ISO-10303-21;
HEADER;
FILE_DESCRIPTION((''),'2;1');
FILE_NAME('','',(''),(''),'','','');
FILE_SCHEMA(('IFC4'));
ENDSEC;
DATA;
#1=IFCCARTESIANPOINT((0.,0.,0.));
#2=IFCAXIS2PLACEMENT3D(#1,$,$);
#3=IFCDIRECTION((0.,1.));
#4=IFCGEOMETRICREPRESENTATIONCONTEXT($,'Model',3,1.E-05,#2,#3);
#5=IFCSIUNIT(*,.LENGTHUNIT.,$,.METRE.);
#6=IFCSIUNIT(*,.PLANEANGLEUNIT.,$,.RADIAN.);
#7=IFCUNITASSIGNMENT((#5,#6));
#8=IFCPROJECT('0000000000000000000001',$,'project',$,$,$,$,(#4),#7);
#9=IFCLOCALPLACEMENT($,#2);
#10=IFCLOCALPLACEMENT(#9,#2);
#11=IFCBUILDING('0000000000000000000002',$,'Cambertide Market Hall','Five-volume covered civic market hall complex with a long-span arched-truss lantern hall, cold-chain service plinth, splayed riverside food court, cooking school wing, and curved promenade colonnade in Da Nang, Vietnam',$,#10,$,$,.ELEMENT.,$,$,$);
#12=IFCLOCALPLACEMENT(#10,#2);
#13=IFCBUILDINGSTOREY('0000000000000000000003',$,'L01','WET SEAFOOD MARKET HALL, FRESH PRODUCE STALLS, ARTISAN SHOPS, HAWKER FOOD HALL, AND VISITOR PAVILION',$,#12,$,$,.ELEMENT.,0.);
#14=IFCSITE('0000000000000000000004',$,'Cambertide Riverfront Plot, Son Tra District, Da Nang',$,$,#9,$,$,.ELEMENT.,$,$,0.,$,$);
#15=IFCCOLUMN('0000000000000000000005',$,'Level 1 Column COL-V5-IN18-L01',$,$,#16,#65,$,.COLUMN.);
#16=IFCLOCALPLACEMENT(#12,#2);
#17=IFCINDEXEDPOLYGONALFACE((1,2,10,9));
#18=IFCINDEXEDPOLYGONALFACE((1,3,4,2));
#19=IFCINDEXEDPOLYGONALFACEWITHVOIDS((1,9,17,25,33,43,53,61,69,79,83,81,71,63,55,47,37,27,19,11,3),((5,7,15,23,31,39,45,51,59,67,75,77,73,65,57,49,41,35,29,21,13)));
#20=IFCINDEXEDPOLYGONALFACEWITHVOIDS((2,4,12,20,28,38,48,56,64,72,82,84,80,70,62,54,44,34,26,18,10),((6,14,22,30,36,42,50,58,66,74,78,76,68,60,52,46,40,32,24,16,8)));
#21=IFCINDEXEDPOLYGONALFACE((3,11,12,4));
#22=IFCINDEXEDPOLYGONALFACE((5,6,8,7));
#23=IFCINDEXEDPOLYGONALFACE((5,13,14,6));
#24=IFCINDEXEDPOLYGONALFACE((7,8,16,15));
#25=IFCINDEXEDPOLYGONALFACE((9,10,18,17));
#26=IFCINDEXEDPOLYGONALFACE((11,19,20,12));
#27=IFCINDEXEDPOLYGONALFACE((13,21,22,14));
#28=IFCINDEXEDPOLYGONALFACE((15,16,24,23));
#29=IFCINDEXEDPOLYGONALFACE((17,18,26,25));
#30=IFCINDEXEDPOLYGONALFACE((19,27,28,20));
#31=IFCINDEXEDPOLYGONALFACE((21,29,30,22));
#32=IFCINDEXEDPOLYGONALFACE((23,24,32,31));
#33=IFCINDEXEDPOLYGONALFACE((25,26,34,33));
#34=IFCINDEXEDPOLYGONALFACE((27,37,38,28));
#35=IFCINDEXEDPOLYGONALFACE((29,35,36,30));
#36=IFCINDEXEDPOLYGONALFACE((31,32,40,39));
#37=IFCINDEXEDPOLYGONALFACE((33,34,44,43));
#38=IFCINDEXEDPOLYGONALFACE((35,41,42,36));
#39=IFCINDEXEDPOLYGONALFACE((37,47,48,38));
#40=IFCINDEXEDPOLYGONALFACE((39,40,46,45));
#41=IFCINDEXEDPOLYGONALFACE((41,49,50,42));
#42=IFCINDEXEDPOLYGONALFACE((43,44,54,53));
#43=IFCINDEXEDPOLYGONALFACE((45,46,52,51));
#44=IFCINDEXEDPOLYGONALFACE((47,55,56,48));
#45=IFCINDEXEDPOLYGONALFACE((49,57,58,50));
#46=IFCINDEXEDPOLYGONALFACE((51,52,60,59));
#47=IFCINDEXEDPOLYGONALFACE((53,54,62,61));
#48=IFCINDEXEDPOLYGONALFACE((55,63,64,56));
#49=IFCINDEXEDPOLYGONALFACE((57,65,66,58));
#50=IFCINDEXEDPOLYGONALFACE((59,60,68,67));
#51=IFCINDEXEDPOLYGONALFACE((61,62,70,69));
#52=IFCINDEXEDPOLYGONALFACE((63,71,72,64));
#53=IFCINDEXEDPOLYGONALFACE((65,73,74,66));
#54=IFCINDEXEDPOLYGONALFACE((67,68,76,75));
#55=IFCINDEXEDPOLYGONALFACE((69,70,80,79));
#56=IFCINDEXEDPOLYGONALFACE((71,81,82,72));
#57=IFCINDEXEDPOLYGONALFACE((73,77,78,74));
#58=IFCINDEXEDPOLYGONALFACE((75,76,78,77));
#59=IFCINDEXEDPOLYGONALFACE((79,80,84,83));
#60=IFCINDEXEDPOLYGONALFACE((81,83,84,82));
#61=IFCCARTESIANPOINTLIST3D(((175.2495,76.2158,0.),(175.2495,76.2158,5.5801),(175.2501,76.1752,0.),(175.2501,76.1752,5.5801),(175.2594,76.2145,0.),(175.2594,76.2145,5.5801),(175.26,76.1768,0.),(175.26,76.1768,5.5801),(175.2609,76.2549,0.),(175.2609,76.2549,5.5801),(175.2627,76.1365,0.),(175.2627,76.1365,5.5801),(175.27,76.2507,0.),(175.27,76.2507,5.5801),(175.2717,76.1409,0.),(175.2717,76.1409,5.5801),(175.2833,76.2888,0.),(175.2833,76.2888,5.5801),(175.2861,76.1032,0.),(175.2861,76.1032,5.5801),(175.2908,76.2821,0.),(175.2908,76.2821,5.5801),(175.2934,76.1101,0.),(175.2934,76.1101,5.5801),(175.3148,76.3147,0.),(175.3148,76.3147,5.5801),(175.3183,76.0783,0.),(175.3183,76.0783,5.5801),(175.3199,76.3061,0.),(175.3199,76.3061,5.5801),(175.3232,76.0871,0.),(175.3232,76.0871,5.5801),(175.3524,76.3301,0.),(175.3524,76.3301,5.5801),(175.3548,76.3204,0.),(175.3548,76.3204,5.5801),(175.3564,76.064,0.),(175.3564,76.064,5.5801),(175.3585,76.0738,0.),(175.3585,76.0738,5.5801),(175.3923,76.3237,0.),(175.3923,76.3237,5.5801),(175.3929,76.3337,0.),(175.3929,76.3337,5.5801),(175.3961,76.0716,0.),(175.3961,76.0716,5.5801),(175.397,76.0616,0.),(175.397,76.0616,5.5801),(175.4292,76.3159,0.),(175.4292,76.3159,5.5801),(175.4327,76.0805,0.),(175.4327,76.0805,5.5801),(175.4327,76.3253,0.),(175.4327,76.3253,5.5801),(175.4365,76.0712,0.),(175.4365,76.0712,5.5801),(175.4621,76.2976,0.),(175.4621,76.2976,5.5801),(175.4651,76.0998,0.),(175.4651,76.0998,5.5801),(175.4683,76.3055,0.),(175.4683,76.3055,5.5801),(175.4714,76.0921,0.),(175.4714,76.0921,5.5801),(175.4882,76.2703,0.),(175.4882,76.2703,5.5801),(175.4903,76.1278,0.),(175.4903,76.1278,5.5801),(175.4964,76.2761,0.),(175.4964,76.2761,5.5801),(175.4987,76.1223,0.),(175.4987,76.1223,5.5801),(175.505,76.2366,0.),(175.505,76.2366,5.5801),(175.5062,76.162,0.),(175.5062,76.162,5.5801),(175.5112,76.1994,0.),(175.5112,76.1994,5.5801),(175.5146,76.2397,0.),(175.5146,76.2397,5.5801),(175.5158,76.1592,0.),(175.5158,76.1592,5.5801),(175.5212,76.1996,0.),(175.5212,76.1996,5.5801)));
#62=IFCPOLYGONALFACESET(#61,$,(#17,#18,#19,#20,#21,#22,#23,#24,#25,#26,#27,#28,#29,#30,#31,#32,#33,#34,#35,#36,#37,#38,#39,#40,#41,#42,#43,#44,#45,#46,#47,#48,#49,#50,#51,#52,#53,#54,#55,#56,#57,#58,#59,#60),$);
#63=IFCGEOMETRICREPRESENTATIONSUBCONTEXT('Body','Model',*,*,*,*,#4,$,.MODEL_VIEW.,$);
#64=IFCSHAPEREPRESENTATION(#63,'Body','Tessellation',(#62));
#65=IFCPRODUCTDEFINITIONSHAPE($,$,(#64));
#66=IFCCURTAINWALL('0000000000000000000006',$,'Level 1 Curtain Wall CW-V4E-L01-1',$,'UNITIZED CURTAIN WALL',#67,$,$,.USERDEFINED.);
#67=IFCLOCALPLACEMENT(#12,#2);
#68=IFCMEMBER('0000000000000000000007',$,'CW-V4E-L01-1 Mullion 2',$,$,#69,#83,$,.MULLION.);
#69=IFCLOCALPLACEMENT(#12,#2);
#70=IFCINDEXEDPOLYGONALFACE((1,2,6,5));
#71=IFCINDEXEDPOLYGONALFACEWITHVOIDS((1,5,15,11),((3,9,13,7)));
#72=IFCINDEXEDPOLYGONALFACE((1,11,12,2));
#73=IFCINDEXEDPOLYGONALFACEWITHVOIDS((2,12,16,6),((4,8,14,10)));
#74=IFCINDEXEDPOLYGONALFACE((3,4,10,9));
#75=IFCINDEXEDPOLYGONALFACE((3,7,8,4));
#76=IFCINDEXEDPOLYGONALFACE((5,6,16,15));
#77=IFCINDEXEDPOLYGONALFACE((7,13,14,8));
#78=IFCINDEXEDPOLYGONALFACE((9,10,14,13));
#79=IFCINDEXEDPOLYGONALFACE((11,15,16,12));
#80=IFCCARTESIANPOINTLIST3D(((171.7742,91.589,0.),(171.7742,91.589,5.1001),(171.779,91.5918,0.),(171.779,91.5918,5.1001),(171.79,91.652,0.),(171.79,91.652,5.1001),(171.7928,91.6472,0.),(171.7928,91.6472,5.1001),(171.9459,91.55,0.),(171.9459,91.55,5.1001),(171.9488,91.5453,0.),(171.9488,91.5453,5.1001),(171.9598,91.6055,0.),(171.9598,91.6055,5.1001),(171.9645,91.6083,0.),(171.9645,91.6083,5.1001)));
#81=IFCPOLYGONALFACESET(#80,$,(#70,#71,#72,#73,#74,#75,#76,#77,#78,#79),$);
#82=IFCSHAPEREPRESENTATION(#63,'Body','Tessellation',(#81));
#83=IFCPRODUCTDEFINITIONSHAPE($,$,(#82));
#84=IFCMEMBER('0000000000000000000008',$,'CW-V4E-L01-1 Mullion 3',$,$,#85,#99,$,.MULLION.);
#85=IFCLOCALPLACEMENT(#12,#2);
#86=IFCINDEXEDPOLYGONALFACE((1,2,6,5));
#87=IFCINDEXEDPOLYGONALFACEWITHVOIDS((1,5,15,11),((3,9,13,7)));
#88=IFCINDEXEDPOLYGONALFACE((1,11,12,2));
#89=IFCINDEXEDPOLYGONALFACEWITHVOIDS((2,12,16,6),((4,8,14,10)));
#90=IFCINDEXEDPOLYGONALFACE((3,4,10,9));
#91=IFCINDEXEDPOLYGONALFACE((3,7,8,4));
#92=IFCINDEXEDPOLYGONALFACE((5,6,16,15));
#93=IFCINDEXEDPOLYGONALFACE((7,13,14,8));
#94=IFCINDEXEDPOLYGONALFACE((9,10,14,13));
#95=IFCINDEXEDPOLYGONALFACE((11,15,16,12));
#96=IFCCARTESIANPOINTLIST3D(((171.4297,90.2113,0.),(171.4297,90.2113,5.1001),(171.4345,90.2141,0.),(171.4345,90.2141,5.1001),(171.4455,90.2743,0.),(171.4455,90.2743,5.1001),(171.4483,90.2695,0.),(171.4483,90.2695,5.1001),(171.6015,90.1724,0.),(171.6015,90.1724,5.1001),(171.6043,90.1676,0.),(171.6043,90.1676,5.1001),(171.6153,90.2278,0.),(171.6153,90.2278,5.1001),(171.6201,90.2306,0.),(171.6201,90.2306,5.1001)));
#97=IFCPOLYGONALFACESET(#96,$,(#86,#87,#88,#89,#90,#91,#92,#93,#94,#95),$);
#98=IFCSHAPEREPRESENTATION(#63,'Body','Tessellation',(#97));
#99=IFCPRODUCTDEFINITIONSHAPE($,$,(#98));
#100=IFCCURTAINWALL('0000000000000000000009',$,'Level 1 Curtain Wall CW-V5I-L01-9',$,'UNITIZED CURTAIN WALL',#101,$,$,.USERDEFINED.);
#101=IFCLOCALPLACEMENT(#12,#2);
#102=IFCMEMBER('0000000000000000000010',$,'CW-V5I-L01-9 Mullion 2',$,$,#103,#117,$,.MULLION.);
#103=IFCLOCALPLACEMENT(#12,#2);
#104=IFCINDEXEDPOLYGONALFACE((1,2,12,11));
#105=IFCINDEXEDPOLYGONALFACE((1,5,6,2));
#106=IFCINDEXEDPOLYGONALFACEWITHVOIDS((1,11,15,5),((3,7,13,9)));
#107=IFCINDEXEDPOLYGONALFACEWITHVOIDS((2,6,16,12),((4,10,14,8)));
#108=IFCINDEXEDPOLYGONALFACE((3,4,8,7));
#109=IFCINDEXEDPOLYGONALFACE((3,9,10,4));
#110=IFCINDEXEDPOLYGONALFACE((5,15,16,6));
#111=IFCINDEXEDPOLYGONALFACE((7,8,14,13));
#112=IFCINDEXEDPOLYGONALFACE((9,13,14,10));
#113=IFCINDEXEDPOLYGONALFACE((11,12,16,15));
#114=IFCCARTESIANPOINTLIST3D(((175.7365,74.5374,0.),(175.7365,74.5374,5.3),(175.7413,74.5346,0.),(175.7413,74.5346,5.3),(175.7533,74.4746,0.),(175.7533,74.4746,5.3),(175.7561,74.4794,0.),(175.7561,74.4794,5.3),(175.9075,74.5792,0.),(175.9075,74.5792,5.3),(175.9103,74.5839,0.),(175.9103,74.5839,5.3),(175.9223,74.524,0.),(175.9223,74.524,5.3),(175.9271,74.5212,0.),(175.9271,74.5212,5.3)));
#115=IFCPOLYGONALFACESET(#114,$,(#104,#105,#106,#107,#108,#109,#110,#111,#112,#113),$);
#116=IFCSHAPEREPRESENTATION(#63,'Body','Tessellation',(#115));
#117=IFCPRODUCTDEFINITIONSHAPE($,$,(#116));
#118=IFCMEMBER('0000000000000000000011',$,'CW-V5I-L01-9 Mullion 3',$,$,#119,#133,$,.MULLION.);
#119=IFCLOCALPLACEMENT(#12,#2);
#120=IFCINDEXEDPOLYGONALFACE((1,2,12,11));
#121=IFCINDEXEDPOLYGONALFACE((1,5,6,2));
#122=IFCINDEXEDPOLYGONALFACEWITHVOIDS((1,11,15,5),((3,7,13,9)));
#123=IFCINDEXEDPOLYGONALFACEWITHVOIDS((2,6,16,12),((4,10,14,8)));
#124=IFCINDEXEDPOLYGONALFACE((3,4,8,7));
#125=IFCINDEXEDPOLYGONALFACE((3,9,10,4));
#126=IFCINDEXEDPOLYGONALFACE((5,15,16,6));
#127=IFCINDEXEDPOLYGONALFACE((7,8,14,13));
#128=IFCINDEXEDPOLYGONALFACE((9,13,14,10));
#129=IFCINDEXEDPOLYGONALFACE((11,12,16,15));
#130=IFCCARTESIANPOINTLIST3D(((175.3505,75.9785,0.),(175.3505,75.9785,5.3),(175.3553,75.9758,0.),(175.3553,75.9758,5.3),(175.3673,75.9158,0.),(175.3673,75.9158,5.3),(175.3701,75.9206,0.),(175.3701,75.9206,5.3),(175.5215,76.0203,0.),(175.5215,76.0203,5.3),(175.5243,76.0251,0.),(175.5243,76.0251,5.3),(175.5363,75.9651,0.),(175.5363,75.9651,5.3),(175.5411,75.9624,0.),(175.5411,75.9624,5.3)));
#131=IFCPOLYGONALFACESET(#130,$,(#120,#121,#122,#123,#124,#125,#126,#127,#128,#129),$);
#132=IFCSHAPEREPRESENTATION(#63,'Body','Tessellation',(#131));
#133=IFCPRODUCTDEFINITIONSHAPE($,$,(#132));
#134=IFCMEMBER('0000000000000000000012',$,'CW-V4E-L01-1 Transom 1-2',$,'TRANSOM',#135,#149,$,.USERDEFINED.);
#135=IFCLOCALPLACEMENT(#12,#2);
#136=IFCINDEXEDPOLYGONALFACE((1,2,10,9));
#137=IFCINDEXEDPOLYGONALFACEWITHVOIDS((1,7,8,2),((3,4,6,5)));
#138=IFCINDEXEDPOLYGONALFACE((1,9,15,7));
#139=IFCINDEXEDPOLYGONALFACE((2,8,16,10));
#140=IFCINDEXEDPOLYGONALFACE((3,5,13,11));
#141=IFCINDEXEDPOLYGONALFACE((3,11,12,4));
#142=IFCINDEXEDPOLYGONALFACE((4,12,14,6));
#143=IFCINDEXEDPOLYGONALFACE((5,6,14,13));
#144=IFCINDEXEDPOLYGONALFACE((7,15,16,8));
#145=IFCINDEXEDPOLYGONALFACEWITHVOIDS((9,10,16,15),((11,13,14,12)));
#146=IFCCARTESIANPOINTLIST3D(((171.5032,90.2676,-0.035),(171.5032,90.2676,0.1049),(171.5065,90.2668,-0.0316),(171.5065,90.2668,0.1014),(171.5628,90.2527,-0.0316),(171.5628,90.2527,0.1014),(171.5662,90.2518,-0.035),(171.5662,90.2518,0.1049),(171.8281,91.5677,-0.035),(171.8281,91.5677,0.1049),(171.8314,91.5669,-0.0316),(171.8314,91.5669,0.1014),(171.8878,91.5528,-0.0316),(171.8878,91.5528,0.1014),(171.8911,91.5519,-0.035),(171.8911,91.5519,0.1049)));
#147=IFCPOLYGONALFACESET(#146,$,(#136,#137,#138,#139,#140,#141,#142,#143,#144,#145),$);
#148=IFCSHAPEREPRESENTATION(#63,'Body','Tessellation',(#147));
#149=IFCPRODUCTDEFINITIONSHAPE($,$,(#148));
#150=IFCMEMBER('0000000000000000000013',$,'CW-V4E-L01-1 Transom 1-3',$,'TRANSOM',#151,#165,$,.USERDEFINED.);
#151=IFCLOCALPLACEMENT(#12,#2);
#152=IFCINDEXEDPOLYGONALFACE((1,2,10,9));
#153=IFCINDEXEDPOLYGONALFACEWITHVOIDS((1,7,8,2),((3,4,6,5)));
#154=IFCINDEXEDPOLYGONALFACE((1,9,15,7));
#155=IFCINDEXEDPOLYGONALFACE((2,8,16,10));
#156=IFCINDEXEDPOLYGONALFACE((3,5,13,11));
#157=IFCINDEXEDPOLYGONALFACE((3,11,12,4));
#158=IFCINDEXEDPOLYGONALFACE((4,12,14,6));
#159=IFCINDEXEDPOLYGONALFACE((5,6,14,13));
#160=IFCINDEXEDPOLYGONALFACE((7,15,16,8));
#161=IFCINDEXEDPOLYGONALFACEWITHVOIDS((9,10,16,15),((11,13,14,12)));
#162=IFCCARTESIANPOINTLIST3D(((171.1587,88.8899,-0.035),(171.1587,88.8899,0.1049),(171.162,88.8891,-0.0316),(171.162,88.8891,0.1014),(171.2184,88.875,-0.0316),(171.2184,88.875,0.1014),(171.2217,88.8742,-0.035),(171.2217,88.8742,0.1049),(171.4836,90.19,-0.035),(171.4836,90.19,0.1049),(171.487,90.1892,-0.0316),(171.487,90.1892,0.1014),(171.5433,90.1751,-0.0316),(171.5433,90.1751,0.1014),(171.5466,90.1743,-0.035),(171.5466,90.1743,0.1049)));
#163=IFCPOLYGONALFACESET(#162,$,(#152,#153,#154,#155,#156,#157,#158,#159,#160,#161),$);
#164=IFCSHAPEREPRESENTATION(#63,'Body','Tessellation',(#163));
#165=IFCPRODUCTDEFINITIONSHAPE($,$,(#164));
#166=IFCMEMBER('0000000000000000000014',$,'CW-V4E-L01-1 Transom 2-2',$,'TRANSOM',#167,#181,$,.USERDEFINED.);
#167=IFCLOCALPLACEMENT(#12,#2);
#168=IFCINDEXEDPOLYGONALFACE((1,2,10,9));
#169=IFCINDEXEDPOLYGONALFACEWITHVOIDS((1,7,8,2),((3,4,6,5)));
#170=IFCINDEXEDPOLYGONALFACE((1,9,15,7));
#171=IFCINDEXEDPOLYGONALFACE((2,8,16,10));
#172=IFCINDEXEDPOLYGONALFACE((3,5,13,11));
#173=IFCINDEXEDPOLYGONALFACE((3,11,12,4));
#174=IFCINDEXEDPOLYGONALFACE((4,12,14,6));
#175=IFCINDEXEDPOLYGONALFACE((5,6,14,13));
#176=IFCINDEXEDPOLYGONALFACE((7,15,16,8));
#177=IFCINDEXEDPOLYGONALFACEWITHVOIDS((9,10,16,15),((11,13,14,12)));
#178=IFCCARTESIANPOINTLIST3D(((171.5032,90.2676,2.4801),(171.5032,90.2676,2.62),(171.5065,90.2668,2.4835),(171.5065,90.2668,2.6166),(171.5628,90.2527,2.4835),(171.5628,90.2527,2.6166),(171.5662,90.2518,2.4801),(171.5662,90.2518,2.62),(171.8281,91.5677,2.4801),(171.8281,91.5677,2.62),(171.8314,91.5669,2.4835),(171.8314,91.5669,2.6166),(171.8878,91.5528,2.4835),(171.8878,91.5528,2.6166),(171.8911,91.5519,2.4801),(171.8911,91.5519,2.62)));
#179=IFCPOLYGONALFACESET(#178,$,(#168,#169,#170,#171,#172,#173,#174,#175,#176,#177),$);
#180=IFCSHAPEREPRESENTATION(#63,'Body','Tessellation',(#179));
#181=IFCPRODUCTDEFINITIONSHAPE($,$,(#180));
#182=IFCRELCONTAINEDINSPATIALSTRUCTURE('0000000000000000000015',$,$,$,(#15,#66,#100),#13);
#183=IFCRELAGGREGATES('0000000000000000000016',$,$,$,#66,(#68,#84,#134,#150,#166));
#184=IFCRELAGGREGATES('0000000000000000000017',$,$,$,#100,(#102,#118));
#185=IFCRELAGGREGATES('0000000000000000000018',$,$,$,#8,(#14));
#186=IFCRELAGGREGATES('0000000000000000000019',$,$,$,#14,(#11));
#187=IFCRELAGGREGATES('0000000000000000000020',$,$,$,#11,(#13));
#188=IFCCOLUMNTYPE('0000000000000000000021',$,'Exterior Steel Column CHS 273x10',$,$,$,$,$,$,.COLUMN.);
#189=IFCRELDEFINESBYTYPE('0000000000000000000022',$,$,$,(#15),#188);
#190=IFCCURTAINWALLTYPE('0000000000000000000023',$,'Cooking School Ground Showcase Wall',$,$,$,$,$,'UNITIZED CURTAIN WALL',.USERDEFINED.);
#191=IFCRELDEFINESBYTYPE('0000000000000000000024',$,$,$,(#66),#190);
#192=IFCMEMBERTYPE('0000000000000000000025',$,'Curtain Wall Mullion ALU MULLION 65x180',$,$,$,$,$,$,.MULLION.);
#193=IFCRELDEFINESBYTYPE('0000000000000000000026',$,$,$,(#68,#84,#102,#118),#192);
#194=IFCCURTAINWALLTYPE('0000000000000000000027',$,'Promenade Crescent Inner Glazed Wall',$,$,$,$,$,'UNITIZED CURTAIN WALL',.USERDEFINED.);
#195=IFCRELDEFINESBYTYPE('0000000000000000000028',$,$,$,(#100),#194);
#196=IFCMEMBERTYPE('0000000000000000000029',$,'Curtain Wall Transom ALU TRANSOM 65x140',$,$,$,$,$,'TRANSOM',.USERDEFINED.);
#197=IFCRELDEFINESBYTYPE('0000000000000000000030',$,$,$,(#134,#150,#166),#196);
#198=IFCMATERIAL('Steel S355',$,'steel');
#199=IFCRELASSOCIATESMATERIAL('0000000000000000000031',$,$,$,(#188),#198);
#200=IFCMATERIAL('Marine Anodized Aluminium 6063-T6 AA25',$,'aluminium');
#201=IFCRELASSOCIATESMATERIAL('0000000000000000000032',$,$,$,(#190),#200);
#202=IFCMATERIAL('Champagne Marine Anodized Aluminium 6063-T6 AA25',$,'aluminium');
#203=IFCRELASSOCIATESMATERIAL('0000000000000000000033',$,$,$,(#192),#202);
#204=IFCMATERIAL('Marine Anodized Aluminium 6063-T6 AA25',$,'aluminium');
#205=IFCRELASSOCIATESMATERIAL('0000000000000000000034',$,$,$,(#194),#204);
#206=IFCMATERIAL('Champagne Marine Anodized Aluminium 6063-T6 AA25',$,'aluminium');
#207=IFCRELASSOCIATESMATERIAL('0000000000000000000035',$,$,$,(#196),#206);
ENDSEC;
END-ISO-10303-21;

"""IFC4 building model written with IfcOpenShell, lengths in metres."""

from ifc_helpers import new_model, si_unit, direction, frame, origin, origin_2d, place, context, subcontext, project, spatial, hollow_rectangle, hollow_circle, extrude, material, material_profile, profile_set, type_object, element, aggregate, save


model = new_model("IFC4")

# Units and contexts
model_context = context("Model", 3, precision=1e-05, world=origin(), true_north=direction((0.0, 1.0)))
body_context = subcontext(model_context, "Body", "Model", "MODEL_VIEW")
ifc_project = project(units=[si_unit("LENGTHUNIT", "METRE"), si_unit("PLANEANGLEUNIT", "RADIAN")], contexts=[model_context])

# Site, building, storey
site_placement = place(None, origin())
site = spatial("IfcSite", under=ifc_project, at=site_placement, Name="Cambertide Riverfront Plot, Son Tra District, Da Nang", CompositionType="ELEMENT", RefElevation=0.0)
building_placement = place(site_placement, origin())
building = spatial("IfcBuilding", under=site, at=building_placement, Name="Cambertide Market Hall", Description="Five-volume covered civic market hall complex with a long-span arched-truss lantern hall, cold-chain service plinth, splayed riverside food court, cooking school wing, and curved promenade colonnade in Da Nang, Vietnam", CompositionType="ELEMENT")
storey_placement = place(building_placement, origin())
storey = spatial("IfcBuildingStorey", under=building, at=storey_placement, Name="L01", Description="WET SEAFOOD MARKET HALL, FRESH PRODUCE STALLS, ARTISAN SHOPS, HAWKER FOOD HALL, AND VISITOR PAVILION", CompositionType="ELEMENT", Elevation=0.0)

# Column
ifc_material_1 = material(Name="Steel S355", Category="steel")
ifc_material_profile_1 = material_profile(ifc_material_1, hollow_circle(Radius=0.1365, WallThickness=0.01, at=origin_2d()), Name="CHS 273x10")
ifc_profile_set_1 = profile_set([ifc_material_profile_1], Name="Steel S355")
column_type = type_object("IfcColumnType", Name="Exterior Steel Column CHS 273x10", PredefinedType="COLUMN", material=ifc_profile_set_1)
column_placement = place(storey_placement, frame((175.3848, 76.1975, 0.0), z_axis=(0.0, 0.0, 1.0), x_axis=(0.951057, 0.309017, 0.0)))
element("IfcColumn", 1, at=column_placement, inside=storey, type_object=column_type, Name="Level 1 Column COL-V5-IN18-L01", PredefinedType="COLUMN", context=body_context, shape_type="SweptSolid", body=[
    extrude(hollow_circle(Radius=0.1365, WallThickness=0.01, at=origin_2d()), origin(), (0.0, 0.0, 1.0), 5.5801),
])

# Curtain walls, members
ifc_material_2 = material(Name="Marine Anodized Aluminium 6063-T6 AA25", Category="aluminium")
curtain_wall_type_1 = type_object("IfcCurtainWallType", Name="Cooking School Ground Showcase Wall", ElementType="UNITIZED CURTAIN WALL", PredefinedType="USERDEFINED", material=ifc_material_2)
curtain_wall_1_placement = place(storey_placement, origin())
curtain_wall_1 = element("IfcCurtainWall", 2, at=curtain_wall_1_placement, inside=storey, type_object=curtain_wall_type_1, Name="Level 1 Curtain Wall CW-V4E-L01-1", ObjectType="UNITIZED CURTAIN WALL", PredefinedType="USERDEFINED")
ifc_material_3 = material(Name="Champagne Marine Anodized Aluminium 6063-T6 AA25", Category="aluminium")
ifc_material_profile_2 = material_profile(ifc_material_3, hollow_rectangle(XDim=0.0649, YDim=0.1799, WallThickness=0.0039, at=origin_2d()), Name="ALU MULLION 65x180")
ifc_profile_set_2 = profile_set([ifc_material_profile_2], Name="Champagne Marine Anodized Aluminium 6063-T6 AA25")
member_type_1 = type_object("IfcMemberType", Name="Curtain Wall Mullion ALU MULLION 65x180", PredefinedType="MULLION", material=ifc_profile_set_2)
member_1_placement = place(storey_placement, frame((171.8694, 91.5986, 0.0), z_axis=(0.0, 0.0, 1.0), x_axis=(-0.242536, -0.970143, 0.0)))
member_1 = element("IfcMember", 3, at=member_1_placement, type_object=member_type_1, Name="CW-V4E-L01-1 Mullion 2", PredefinedType="MULLION", context=body_context, shape_type="SweptSolid", body=[
    extrude(hollow_rectangle(XDim=0.0649, YDim=0.1799, WallThickness=0.0039, at=origin_2d()), origin(), (0.0, 0.0, 1.0), 5.1001),
])
member_2_placement = place(storey_placement, frame((171.5249, 90.2209, 0.0), z_axis=(0.0, 0.0, 1.0), x_axis=(-0.242536, -0.970143, 0.0)))
member_2 = element("IfcMember", 4, at=member_2_placement, type_object=member_type_1, Name="CW-V4E-L01-1 Mullion 3", PredefinedType="MULLION", context=body_context, shape_type="SweptSolid", body=[
    extrude(hollow_rectangle(XDim=0.0649, YDim=0.1799, WallThickness=0.0039, at=origin_2d()), origin(), (0.0, 0.0, 1.0), 5.1001),
])
ifc_material_4 = material(Name="Marine Anodized Aluminium 6063-T6 AA25", Category="aluminium")
curtain_wall_type_2 = type_object("IfcCurtainWallType", Name="Promenade Crescent Inner Glazed Wall", ElementType="UNITIZED CURTAIN WALL", PredefinedType="USERDEFINED", material=ifc_material_4)
curtain_wall_2_placement = place(storey_placement, origin())
curtain_wall_2 = element("IfcCurtainWall", 5, at=curtain_wall_2_placement, inside=storey, type_object=curtain_wall_type_2, Name="Level 1 Curtain Wall CW-V5I-L01-9", ObjectType="UNITIZED CURTAIN WALL", PredefinedType="USERDEFINED")
member_3_placement = place(storey_placement, frame((175.8318, 74.5293, 0.0), z_axis=(0.0, 0.0, 1.0), x_axis=(-0.258819, 0.965926, 0.0)))
member_3 = element("IfcMember", 6, at=member_3_placement, type_object=member_type_1, Name="CW-V5I-L01-9 Mullion 2", PredefinedType="MULLION", context=body_context, shape_type="SweptSolid", body=[
    extrude(hollow_rectangle(XDim=0.0649, YDim=0.1799, WallThickness=0.0039, at=origin_2d()), origin(), (0.0, 0.0, 1.0), 5.3),
])
member_4_placement = place(storey_placement, frame((175.4458, 75.9705, 0.0), z_axis=(0.0, 0.0, 1.0), x_axis=(-0.258819, 0.965926, 0.0)))
member_4 = element("IfcMember", 7, at=member_4_placement, type_object=member_type_1, Name="CW-V5I-L01-9 Mullion 3", PredefinedType="MULLION", context=body_context, shape_type="SweptSolid", body=[
    extrude(hollow_rectangle(XDim=0.0649, YDim=0.1799, WallThickness=0.0039, at=origin_2d()), origin(), (0.0, 0.0, 1.0), 5.3),
])

# Members
ifc_material_5 = material(Name="Champagne Marine Anodized Aluminium 6063-T6 AA25", Category="aluminium")
ifc_material_profile_3 = material_profile(ifc_material_5, hollow_rectangle(XDim=0.0649, YDim=0.1399, WallThickness=0.0034, at=origin_2d()), Name="ALU TRANSOM 65x140")
ifc_profile_set_3 = profile_set([ifc_material_profile_3], Name="Champagne Marine Anodized Aluminium 6063-T6 AA25")
member_type_2 = type_object("IfcMemberType", Name="Curtain Wall Transom ALU TRANSOM 65x140", ElementType="TRANSOM", PredefinedType="USERDEFINED", material=ifc_profile_set_3)
member_5_placement = place(storey_placement, frame((171.8596, 91.5598, 0.0349), z_axis=(-0.242493, -0.970153, 0.0), x_axis=(0.970153, -0.242493, 0.0)))
member_5 = element("IfcMember", 8, at=member_5_placement, type_object=member_type_2, Name="CW-V4E-L01-1 Transom 1-2", ObjectType="TRANSOM", PredefinedType="USERDEFINED", context=body_context, shape_type="SweptSolid", body=[
    extrude(hollow_rectangle(XDim=0.0649, YDim=0.1399, WallThickness=0.0034, at=origin_2d()), origin(), (0.0, 0.0, 1.0), 1.3401),
])
member_6_placement = place(storey_placement, frame((171.5151, 90.1821, 0.0349), z_axis=(-0.242493, -0.970153, 0.0), x_axis=(0.970153, -0.242493, 0.0)))
member_6 = element("IfcMember", 9, at=member_6_placement, type_object=member_type_2, Name="CW-V4E-L01-1 Transom 1-3", ObjectType="TRANSOM", PredefinedType="USERDEFINED", context=body_context, shape_type="SweptSolid", body=[
    extrude(hollow_rectangle(XDim=0.0649, YDim=0.1399, WallThickness=0.0034, at=origin_2d()), origin(), (0.0, 0.0, 1.0), 1.3401),
])
member_7_placement = place(storey_placement, frame((171.8596, 91.5598, 2.55), z_axis=(-0.242493, -0.970153, 0.0), x_axis=(0.970153, -0.242493, 0.0)))
member_7 = element("IfcMember", 10, at=member_7_placement, type_object=member_type_2, Name="CW-V4E-L01-1 Transom 2-2", ObjectType="TRANSOM", PredefinedType="USERDEFINED", context=body_context, shape_type="SweptSolid", body=[
    extrude(hollow_rectangle(XDim=0.0649, YDim=0.1399, WallThickness=0.0034, at=origin_2d()), origin(), (0.0, 0.0, 1.0), 1.3401),
])

aggregate(curtain_wall_1, [member_1, member_2, member_5, member_6, member_7])
aggregate(curtain_wall_2, [member_3, member_4])

save(model, "model.ifc")
